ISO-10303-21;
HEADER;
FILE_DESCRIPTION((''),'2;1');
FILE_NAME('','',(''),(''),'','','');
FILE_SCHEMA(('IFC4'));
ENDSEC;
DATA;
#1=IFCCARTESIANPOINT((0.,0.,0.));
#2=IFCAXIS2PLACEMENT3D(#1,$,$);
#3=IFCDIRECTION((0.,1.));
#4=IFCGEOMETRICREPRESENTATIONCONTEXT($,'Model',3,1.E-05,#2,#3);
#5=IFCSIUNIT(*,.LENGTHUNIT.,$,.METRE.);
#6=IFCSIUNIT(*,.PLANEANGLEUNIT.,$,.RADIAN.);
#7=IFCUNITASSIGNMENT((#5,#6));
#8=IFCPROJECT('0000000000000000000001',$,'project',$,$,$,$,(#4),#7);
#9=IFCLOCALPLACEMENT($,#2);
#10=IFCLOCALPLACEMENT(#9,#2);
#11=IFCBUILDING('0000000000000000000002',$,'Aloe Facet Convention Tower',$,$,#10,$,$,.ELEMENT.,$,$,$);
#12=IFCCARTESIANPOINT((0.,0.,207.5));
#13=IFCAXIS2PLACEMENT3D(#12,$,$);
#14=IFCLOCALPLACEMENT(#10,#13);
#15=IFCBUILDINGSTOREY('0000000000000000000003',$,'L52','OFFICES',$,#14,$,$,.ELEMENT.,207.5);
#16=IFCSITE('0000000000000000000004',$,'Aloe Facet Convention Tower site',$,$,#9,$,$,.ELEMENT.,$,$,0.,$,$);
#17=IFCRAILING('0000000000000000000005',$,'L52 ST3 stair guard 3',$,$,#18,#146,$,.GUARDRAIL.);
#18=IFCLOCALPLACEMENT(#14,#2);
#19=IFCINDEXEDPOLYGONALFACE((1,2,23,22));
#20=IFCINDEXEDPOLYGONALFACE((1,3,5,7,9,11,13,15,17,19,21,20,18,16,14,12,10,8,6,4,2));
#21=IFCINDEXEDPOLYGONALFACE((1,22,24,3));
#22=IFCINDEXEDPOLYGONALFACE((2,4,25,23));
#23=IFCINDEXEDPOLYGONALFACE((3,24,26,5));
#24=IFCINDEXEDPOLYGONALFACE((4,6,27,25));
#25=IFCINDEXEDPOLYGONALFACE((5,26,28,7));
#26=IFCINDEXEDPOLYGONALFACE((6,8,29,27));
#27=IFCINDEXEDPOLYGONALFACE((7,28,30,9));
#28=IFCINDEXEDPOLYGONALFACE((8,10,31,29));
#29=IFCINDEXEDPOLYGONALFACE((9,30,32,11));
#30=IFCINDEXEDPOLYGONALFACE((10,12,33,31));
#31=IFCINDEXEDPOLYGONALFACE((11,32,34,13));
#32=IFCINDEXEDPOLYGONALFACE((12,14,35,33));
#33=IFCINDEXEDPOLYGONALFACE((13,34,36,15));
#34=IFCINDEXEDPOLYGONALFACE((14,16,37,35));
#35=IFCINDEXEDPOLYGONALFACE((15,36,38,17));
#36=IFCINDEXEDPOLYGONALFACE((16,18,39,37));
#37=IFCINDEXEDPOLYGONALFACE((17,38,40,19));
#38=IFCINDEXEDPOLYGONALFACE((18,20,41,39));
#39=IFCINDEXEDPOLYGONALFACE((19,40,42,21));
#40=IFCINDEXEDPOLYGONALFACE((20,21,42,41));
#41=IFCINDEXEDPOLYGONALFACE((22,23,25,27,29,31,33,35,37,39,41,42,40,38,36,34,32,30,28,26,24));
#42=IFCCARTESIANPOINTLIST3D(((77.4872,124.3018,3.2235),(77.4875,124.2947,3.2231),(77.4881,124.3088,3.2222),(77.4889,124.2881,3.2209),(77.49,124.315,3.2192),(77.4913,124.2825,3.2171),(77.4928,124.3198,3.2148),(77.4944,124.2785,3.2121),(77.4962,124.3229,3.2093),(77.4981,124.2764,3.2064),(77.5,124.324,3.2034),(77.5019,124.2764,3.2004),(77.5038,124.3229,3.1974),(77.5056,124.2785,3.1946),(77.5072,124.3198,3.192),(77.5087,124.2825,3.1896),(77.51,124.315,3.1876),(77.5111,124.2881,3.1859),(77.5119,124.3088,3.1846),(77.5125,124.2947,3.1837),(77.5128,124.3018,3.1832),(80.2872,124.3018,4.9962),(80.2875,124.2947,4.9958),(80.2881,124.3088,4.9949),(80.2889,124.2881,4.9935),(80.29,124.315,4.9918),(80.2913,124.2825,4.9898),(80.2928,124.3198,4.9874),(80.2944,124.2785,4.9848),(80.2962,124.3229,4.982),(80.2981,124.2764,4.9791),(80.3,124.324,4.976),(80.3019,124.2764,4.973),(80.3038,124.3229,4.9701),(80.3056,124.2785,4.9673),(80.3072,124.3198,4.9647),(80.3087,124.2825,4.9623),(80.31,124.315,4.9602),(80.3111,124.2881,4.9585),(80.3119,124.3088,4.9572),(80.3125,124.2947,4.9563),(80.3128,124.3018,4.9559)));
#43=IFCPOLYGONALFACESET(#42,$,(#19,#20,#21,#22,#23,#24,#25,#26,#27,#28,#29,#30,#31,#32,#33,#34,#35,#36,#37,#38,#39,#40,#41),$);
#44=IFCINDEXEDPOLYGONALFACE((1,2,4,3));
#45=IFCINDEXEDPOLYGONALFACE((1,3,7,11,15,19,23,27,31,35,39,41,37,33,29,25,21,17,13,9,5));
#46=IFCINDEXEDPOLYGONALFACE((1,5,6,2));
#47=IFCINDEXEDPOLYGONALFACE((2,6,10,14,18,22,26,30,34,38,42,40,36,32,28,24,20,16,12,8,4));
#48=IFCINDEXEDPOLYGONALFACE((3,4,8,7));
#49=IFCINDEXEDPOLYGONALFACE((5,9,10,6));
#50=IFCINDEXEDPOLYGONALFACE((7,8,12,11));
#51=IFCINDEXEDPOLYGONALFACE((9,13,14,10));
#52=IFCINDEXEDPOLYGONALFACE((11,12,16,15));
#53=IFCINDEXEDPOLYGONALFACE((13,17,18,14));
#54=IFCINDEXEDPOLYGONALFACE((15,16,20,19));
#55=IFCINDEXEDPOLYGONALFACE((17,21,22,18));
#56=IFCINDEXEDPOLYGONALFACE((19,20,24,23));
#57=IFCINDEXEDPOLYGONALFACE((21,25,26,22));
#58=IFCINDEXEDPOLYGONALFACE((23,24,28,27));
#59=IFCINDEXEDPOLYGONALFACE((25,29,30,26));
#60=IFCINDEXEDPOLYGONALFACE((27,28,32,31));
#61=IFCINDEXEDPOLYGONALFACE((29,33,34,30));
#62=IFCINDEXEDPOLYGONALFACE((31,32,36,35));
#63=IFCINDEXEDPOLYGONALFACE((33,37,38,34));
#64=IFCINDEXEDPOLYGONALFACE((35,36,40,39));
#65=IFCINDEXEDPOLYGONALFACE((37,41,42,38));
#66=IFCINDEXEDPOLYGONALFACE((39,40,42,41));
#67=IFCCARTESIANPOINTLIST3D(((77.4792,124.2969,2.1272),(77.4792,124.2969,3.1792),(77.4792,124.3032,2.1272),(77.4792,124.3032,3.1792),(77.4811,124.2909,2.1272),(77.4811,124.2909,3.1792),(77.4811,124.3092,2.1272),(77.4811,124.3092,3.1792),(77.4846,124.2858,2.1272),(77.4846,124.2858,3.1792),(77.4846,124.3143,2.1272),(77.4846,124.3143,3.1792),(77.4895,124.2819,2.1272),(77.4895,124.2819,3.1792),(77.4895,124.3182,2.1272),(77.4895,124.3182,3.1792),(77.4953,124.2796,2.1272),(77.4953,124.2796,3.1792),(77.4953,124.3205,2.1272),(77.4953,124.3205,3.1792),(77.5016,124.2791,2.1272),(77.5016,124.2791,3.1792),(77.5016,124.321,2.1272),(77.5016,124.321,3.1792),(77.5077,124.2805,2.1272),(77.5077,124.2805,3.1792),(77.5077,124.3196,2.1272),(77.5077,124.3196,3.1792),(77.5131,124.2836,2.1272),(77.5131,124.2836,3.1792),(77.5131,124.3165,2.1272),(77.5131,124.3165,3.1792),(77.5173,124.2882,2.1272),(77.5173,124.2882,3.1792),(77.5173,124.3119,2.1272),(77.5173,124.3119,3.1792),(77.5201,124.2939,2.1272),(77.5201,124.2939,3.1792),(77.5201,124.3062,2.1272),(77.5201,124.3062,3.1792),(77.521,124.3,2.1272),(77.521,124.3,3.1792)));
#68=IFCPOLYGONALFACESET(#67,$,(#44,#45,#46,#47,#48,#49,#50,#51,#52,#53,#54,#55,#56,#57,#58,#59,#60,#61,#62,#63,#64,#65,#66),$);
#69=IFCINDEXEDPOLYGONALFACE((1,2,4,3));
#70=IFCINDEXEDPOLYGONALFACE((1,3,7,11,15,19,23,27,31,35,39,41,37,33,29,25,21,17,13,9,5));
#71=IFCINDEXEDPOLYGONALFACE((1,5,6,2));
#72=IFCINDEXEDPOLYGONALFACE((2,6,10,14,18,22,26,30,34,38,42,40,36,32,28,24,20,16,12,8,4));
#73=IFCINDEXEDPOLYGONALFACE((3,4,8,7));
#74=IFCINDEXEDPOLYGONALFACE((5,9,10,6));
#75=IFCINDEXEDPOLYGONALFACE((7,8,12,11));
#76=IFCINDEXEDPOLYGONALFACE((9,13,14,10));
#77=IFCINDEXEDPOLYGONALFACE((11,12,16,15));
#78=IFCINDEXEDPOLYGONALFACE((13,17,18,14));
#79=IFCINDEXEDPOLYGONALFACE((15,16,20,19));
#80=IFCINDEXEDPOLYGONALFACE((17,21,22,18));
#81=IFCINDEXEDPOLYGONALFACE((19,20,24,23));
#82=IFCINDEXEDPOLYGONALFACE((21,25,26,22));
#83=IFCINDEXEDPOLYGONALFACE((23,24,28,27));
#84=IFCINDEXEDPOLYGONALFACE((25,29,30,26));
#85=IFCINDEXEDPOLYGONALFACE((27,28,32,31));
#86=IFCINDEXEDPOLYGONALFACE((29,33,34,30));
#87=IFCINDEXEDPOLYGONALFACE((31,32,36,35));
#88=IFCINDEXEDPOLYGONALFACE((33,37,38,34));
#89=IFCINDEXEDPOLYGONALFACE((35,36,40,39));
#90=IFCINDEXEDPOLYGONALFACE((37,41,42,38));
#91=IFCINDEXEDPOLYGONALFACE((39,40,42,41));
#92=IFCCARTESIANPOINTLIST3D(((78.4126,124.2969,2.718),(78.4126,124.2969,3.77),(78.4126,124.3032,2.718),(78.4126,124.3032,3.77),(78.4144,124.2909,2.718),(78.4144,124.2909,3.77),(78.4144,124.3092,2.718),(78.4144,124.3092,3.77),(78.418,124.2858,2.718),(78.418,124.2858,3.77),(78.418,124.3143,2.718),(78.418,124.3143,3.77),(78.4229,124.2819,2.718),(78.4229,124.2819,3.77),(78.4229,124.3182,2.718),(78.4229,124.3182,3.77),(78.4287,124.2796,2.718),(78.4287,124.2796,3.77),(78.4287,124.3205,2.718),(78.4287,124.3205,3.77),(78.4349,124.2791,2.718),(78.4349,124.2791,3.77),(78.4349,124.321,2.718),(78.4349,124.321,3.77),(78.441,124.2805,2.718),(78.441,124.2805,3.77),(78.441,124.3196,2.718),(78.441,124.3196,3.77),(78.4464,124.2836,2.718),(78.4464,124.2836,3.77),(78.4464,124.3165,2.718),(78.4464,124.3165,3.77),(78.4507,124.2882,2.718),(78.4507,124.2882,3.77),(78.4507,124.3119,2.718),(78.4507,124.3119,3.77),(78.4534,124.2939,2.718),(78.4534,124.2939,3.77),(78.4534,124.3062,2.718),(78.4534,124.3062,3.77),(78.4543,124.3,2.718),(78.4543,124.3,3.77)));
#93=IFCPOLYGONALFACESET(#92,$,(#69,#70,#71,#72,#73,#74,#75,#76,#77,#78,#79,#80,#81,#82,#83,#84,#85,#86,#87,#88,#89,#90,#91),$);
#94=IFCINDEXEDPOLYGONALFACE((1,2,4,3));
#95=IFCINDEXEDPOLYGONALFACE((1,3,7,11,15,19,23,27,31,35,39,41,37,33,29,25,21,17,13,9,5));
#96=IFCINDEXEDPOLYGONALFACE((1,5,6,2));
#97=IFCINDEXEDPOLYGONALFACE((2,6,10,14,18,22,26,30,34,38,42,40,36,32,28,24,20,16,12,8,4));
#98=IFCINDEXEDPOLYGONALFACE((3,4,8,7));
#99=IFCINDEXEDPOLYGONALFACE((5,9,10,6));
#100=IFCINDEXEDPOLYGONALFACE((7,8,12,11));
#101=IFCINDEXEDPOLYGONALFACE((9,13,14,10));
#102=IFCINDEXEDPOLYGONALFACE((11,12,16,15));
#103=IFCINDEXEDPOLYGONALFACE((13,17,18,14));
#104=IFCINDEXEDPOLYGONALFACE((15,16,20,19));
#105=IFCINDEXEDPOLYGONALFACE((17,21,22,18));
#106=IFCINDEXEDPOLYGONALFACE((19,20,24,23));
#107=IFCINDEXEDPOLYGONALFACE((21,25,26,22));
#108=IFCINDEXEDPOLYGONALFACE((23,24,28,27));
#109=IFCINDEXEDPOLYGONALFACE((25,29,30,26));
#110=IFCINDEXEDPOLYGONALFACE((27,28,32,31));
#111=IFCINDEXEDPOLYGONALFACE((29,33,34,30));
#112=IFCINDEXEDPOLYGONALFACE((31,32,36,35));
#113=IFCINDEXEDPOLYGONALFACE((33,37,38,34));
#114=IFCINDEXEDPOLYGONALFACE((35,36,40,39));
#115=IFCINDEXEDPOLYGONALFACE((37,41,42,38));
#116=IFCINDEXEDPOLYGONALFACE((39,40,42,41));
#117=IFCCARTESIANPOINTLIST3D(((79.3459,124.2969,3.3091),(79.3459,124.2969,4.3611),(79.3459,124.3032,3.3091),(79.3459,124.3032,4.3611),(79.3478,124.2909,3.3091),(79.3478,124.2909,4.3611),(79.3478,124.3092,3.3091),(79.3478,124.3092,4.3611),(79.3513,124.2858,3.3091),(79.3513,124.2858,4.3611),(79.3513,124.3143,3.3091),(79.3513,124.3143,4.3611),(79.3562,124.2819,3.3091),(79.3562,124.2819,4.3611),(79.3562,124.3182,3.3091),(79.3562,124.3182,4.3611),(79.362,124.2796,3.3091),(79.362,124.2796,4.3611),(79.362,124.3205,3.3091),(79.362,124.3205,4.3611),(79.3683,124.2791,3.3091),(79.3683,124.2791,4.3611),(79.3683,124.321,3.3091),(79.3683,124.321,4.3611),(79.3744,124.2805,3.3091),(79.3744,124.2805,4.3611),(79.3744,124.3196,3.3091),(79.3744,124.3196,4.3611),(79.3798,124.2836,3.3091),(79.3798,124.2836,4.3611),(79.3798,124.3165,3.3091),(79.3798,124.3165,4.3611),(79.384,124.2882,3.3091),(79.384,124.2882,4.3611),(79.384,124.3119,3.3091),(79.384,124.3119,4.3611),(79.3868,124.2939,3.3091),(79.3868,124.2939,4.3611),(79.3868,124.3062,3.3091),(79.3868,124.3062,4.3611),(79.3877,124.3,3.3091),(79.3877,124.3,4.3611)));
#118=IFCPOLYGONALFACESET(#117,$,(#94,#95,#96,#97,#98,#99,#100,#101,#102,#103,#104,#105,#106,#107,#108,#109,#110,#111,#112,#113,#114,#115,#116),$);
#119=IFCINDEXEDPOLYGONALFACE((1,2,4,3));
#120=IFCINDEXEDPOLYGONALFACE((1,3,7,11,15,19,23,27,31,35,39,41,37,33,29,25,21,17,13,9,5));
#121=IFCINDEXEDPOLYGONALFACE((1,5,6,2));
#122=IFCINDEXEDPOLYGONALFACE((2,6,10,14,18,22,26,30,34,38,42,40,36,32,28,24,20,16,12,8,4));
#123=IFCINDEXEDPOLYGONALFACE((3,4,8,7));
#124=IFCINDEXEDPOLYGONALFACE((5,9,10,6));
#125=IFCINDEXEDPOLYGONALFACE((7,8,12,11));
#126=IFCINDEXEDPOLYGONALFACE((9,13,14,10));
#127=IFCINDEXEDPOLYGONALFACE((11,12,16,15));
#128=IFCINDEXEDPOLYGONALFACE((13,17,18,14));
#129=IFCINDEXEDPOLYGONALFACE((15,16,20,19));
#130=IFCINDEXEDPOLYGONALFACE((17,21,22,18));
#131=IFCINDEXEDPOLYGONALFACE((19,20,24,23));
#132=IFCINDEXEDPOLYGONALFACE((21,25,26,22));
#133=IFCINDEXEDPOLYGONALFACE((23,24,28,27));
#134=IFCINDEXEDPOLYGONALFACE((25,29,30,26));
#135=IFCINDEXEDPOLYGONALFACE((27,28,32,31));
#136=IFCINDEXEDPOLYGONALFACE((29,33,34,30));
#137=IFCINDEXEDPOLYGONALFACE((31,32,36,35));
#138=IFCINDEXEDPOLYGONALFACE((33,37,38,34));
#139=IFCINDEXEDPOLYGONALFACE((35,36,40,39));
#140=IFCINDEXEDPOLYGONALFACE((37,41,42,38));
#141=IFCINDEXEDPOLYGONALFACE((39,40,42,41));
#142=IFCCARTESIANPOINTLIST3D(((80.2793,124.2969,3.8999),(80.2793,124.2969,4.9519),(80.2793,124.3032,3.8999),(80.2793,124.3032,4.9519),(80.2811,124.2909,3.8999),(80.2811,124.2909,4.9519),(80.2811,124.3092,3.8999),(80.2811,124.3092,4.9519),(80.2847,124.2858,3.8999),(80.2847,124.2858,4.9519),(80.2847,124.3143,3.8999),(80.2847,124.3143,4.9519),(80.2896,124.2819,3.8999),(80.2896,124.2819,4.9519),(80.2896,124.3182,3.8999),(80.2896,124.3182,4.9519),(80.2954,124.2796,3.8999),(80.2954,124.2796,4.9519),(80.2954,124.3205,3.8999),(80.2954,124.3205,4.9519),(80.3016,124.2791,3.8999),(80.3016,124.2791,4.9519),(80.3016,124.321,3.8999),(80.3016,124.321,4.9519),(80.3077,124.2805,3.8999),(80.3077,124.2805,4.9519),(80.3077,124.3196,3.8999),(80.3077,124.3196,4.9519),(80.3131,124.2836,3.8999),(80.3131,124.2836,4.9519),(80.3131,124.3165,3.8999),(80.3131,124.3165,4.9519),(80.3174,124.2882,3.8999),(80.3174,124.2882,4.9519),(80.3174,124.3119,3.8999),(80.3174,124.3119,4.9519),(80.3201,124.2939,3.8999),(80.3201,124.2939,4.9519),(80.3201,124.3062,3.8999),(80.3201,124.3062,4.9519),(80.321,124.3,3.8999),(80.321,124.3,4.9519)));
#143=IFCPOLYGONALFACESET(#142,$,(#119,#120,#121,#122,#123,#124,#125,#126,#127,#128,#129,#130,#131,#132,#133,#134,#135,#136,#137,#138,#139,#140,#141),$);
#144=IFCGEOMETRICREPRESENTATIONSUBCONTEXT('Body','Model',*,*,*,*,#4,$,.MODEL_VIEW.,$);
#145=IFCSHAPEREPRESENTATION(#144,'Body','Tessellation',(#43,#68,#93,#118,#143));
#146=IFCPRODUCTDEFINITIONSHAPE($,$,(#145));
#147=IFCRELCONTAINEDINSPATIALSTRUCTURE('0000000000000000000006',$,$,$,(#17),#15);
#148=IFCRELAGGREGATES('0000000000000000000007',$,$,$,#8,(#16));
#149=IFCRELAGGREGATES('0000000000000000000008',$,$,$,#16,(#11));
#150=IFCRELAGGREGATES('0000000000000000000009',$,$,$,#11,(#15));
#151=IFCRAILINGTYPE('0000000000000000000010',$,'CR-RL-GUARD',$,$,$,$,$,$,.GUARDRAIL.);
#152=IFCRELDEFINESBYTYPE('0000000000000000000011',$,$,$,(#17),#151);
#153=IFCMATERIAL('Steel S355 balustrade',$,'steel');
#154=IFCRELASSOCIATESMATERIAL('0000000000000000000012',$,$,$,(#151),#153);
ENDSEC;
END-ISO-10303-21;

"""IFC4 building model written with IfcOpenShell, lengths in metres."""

from ifc_helpers import new_model, si_unit, direction, frame, origin, origin_2d, place, context, subcontext, project, spatial, circle, extrude, material, type_object, element, save


model = new_model("IFC4")

# Units and contexts
model_context = context("Model", 3, precision=1e-05, world=origin(), true_north=direction((0.0, 1.0)))
body_context = subcontext(model_context, "Body", "Model", "MODEL_VIEW")
ifc_project = project(units=[si_unit("LENGTHUNIT", "METRE"), si_unit("PLANEANGLEUNIT", "RADIAN")], contexts=[model_context])

# Site, building, storey
site_placement = place(None, origin())
site = spatial("IfcSite", under=ifc_project, at=site_placement, Name="Aloe Facet Convention Tower site", CompositionType="ELEMENT", RefElevation=0.0)
building_placement = place(site_placement, origin())
building = spatial("IfcBuilding", under=site, at=building_placement, Name="Aloe Facet Convention Tower", CompositionType="ELEMENT")
storey_placement = place(building_placement, frame((0.0, 0.0, 207.5)))
storey = spatial("IfcBuildingStorey", under=building, at=storey_placement, Name="L52", Description="OFFICES", CompositionType="ELEMENT", Elevation=207.5)

# Railing
ifc_material_1 = material(Name="Steel S355 balustrade", Category="steel")
railing_type_1 = type_object("IfcRailingType", Name="CR-RL-GUARD", PredefinedType="GUARDRAIL", material=ifc_material_1)
railing_1_placement = place(storey_placement, frame((77.5, 124.3, 2.1272)))
element("IfcRailing", 1, at=railing_1_placement, inside=storey, type_object=railing_type_1, Name="L52 ST3 stair guard 3", PredefinedType="GUARDRAIL", context=body_context, shape_type="SweptSolid", body=[
    extrude(circle(Radius=0.0239, at=origin_2d()), frame((0.0, 0.0, 1.0762), z_axis=(0.844909, 0.0, 0.53491), x_axis=(0.0, 1.0, 0.0)), (0.0, 0.0, 1.0), 3.314),
    extrude(circle(Radius=0.021, at=origin_2d()), origin(), (0.0, 0.0, 1.0), 1.052),
    extrude(circle(Radius=0.021, at=origin_2d()), frame((0.9333, 0.0, 0.5908)), (0.0, 0.0, 1.0), 1.052),
    extrude(circle(Radius=0.021, at=origin_2d()), frame((1.8667, 0.0, 1.1819)), (0.0, 0.0, 1.0), 1.052),
    extrude(circle(Radius=0.021, at=origin_2d()), frame((2.8, 0.0, 1.7727)), (0.0, 0.0, 1.0), 1.052),
])

save(model, "model.ifc")
